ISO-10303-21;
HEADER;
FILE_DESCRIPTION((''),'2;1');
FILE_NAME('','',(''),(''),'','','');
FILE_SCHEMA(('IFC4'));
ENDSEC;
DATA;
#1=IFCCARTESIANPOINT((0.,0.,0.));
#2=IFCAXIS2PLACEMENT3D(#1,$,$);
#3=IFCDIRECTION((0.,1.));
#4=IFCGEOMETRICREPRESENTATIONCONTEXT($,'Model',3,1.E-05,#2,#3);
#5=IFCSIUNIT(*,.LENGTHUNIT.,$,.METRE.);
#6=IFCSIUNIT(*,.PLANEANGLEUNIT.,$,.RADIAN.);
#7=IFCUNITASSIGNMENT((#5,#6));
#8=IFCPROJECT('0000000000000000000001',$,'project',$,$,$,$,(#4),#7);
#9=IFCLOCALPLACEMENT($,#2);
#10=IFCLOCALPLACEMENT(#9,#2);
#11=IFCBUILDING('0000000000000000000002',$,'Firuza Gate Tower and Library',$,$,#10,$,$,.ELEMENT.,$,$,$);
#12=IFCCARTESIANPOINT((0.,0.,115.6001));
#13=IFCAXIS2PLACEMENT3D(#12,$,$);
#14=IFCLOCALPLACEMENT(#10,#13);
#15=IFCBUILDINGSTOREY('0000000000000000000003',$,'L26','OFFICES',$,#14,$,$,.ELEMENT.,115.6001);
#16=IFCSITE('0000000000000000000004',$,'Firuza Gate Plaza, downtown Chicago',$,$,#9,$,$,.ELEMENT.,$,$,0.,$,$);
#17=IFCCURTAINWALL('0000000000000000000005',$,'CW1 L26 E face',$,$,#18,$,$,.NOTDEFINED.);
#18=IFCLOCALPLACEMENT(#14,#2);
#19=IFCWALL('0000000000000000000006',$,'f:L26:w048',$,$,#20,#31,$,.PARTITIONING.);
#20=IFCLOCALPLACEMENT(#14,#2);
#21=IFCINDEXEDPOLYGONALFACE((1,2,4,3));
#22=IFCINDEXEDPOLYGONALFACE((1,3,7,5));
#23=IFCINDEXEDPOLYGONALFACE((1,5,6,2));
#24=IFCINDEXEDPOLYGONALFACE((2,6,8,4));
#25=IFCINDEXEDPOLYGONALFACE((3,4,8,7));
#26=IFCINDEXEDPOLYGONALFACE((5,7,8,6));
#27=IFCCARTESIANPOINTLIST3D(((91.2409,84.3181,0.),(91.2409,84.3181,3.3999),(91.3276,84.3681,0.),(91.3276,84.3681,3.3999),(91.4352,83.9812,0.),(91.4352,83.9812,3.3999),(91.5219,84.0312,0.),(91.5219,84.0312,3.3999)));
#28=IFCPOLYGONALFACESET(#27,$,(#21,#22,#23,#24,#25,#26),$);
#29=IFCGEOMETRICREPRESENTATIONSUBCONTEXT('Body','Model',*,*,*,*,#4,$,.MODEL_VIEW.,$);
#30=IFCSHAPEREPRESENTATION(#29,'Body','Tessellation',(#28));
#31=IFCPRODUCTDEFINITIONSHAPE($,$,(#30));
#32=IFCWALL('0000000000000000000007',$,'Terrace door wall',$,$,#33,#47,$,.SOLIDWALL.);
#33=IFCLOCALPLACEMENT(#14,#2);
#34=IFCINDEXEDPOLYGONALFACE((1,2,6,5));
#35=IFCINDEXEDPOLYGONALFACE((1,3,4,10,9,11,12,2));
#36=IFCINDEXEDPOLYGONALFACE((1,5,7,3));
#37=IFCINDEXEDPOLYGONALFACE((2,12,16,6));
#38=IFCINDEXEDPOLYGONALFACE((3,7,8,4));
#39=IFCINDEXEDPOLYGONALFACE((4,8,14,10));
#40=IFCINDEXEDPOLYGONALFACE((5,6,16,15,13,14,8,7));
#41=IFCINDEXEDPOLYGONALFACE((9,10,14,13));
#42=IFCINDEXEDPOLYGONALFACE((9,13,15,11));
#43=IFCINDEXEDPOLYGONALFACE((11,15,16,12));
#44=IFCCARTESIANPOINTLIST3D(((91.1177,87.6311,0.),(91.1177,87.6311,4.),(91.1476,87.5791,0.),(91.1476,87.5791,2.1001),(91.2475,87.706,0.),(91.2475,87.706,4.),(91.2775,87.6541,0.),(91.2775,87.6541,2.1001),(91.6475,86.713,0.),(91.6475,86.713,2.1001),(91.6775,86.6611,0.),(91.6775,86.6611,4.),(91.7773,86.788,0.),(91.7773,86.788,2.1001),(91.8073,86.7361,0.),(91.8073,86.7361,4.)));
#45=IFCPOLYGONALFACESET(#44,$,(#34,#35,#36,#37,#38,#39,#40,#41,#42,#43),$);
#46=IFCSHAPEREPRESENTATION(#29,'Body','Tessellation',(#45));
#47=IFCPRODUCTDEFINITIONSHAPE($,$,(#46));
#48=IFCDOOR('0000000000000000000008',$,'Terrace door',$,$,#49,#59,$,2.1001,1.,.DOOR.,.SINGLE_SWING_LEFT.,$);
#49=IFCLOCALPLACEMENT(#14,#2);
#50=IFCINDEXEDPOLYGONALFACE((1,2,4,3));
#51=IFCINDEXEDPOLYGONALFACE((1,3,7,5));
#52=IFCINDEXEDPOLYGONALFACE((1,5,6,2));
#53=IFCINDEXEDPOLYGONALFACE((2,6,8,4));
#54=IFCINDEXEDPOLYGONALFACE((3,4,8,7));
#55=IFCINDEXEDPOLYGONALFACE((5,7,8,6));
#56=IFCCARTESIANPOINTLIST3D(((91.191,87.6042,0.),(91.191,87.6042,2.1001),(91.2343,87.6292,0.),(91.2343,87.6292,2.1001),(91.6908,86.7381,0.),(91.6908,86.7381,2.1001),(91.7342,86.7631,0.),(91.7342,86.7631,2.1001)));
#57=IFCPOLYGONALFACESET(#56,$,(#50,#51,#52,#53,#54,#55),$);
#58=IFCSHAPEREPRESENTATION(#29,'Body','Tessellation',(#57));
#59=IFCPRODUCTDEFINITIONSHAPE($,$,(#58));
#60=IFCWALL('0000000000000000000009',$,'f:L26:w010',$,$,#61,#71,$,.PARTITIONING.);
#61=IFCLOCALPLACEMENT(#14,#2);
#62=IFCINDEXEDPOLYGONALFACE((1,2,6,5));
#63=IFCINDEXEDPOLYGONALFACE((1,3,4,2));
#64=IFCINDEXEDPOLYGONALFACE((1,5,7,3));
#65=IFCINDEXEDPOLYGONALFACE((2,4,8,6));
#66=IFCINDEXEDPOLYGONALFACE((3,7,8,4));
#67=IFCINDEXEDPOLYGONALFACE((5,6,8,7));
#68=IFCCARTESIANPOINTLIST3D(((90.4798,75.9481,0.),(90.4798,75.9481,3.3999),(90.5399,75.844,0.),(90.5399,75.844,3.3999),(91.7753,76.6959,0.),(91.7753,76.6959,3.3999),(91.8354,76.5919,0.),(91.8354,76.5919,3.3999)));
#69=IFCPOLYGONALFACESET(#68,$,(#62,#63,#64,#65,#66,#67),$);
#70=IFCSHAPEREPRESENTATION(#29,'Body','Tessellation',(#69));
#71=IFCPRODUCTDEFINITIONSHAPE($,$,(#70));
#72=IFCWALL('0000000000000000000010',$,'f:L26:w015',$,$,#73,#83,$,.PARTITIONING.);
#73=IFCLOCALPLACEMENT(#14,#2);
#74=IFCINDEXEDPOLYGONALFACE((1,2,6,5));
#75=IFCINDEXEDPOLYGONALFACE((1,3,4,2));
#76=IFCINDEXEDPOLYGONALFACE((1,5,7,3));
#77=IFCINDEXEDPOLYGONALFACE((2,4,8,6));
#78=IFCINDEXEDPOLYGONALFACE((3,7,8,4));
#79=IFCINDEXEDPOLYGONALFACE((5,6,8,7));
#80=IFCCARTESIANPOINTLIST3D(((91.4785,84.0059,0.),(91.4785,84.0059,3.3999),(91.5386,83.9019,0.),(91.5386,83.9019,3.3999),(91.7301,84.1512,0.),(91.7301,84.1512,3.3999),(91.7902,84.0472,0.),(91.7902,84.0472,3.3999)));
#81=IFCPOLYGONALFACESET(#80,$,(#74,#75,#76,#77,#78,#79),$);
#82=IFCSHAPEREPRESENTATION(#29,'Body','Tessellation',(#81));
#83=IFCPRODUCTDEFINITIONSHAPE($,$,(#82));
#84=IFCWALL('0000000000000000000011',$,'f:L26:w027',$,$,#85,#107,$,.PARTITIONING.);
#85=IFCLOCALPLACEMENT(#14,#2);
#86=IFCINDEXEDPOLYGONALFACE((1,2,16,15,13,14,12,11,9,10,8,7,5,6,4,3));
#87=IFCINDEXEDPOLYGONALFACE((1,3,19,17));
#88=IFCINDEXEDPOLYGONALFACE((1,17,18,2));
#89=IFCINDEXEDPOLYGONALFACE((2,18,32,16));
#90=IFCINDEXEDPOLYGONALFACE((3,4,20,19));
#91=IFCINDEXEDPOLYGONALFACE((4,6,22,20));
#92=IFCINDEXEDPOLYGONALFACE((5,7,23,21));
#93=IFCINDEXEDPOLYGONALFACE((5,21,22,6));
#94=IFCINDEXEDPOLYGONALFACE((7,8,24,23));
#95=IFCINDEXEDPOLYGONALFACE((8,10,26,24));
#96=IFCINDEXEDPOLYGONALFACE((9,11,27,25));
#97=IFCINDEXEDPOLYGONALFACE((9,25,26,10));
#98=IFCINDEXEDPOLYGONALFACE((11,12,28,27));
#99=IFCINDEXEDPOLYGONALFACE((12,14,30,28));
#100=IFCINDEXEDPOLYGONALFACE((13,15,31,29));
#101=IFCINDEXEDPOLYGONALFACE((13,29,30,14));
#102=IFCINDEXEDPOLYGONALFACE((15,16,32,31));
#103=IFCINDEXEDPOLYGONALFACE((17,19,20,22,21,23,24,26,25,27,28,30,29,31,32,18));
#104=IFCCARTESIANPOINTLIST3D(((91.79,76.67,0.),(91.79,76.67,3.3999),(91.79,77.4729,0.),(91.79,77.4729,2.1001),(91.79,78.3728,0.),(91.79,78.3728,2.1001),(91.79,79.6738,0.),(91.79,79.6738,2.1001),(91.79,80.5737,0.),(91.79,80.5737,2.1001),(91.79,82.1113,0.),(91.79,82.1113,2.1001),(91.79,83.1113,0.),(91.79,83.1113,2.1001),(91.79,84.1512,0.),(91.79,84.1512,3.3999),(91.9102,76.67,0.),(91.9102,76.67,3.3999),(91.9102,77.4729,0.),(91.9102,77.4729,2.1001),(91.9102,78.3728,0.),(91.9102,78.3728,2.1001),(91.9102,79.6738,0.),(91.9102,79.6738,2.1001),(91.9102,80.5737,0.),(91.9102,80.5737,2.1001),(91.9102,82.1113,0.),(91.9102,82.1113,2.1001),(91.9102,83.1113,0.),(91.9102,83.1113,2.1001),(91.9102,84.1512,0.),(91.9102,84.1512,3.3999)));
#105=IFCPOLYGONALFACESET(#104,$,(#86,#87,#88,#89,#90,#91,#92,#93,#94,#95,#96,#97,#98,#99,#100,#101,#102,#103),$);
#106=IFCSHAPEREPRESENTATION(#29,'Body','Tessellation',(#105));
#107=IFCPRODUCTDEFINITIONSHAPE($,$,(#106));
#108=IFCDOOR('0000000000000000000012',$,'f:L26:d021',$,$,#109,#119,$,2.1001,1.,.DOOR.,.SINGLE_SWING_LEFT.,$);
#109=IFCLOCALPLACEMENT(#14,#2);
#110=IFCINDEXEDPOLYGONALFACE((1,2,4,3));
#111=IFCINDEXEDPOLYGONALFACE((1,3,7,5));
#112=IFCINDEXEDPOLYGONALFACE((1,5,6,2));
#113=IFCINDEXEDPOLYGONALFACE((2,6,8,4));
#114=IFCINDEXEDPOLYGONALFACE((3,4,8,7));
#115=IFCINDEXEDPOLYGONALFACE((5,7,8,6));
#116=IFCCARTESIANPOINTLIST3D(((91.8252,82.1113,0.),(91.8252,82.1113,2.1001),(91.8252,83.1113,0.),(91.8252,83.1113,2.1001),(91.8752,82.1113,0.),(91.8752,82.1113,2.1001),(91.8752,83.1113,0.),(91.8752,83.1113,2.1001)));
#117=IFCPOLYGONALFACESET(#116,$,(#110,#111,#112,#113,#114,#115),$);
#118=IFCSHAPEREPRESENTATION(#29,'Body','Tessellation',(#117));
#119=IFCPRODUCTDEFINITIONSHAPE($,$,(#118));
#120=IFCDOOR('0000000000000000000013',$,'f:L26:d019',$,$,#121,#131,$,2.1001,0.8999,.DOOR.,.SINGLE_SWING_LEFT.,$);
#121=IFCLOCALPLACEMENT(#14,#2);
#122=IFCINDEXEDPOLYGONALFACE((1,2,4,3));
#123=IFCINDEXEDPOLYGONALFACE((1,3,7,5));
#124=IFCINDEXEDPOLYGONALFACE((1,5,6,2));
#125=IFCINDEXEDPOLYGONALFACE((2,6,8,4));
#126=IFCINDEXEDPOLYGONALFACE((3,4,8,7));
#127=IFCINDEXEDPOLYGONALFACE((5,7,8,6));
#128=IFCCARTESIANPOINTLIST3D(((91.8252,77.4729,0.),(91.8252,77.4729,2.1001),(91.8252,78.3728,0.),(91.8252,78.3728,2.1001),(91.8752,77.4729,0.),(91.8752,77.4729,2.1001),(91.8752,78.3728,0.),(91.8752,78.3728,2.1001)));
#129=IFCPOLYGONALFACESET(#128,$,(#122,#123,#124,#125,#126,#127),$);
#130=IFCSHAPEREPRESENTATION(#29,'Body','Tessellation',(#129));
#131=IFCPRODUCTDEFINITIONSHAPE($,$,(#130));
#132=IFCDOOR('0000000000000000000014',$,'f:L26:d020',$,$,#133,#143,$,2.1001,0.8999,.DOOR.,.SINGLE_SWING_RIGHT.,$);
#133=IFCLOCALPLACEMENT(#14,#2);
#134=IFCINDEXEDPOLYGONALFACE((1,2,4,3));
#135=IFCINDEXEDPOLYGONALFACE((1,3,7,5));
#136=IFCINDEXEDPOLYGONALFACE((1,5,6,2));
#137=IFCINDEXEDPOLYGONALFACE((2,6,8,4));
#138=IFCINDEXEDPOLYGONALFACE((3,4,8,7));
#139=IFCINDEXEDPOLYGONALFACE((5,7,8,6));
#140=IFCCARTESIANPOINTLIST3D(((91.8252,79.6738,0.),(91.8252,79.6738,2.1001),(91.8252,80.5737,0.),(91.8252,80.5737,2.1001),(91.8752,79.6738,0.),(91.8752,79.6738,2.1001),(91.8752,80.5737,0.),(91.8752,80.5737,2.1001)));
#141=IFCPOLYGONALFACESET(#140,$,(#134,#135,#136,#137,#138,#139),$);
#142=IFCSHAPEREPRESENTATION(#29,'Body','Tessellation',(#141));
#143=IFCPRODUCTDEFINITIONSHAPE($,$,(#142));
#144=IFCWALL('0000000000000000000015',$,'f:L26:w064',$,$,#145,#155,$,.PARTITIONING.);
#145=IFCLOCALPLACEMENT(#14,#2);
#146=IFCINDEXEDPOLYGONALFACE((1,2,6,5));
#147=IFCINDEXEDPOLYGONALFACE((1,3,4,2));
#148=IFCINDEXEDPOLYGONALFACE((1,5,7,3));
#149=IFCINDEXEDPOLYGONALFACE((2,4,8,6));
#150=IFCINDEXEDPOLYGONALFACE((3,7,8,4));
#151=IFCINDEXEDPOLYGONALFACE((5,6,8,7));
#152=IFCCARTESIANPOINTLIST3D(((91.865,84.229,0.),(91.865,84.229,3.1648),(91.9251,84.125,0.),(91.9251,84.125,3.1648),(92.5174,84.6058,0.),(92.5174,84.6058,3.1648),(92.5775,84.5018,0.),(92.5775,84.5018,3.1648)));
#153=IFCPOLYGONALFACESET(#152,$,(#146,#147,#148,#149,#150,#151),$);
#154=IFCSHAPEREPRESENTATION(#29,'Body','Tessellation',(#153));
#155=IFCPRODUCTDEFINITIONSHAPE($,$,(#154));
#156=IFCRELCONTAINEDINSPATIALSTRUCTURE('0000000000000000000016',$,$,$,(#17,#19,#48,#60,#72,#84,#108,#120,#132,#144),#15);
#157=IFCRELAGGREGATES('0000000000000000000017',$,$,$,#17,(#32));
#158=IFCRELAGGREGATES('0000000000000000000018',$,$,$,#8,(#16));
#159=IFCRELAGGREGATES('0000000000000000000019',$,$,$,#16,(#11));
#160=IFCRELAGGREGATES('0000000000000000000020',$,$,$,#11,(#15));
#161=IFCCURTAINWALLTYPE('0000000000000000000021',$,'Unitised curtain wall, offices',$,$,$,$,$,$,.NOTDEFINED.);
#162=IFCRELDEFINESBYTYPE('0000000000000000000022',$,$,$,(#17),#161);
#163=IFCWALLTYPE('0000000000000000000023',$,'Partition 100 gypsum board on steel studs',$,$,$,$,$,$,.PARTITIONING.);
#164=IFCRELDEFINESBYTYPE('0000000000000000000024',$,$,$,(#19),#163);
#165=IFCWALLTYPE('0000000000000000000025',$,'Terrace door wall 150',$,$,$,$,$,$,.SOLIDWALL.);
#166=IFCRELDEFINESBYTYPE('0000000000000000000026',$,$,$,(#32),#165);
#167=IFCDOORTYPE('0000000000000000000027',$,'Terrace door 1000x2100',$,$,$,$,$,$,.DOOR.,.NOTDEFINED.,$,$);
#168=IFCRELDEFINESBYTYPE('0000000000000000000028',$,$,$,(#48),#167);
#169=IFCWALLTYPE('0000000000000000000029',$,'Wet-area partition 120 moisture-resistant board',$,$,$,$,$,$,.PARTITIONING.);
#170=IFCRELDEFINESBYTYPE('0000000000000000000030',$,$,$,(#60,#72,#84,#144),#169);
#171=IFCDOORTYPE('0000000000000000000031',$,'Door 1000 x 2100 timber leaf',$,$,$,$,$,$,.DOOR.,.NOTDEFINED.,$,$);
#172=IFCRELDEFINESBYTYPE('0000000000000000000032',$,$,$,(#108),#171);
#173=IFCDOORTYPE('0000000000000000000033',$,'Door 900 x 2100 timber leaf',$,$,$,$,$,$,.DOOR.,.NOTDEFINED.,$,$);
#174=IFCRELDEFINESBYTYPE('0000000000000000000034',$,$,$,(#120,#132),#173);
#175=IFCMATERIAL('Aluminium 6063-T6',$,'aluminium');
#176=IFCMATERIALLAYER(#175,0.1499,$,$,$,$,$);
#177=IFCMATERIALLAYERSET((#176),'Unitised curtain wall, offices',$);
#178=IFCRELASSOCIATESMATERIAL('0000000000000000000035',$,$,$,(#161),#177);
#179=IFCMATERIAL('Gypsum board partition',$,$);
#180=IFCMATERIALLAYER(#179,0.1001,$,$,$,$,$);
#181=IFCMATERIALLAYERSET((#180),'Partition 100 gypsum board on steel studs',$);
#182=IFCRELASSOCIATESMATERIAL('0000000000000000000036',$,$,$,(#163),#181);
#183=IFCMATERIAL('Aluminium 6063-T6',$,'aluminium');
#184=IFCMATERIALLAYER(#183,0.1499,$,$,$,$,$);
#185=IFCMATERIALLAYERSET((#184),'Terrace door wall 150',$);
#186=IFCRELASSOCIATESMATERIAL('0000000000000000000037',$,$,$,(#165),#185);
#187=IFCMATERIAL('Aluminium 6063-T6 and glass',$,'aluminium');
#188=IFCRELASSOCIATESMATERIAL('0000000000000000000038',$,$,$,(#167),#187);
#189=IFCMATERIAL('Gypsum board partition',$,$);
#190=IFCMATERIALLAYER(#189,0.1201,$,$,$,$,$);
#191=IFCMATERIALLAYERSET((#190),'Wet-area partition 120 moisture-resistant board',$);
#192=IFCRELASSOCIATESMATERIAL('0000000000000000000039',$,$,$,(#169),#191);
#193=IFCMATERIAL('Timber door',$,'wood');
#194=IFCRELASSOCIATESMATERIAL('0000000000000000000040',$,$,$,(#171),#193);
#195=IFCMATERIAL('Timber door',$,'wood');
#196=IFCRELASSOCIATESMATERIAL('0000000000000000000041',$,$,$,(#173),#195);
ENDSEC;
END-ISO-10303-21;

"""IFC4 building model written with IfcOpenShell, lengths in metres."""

from ifc_helpers import new_model, si_unit, direction, frame, frame_2d, origin, place, context, subcontext, project, spatial, rectangle, extrude, material, layer, layer_set, type_object, element, fill, aggregate, save


model = new_model("IFC4")

# Units and contexts
model_context = context("Model", 3, precision=1e-05, world=origin(), true_north=direction((0.0, 1.0)))
body_context = subcontext(model_context, "Body", "Model", "MODEL_VIEW")
ifc_project = project(units=[si_unit("LENGTHUNIT", "METRE"), si_unit("PLANEANGLEUNIT", "RADIAN")], contexts=[model_context])

# Site, building, storey
site_placement = place(None, origin())
site = spatial("IfcSite", under=ifc_project, at=site_placement, Name="Firuza Gate Plaza, downtown Chicago", CompositionType="ELEMENT", RefElevation=0.0)
building_placement = place(site_placement, origin())
building = spatial("IfcBuilding", under=site, at=building_placement, Name="Firuza Gate Tower and Library", CompositionType="ELEMENT")
storey_placement = place(building_placement, frame((0.0, 0.0, 115.6001)))
storey = spatial("IfcBuildingStorey", under=building, at=storey_placement, Name="L26", Description="OFFICES", CompositionType="ELEMENT", Elevation=115.6001)

# Curtain wall
ifc_material_1 = material(Name="Aluminium 6063-T6", Category="aluminium")
ifc_layer_1 = layer(ifc_material_1, 0.1499)
ifc_layer_set_1 = layer_set([ifc_layer_1], Name="Unitised curtain wall, offices")
curtain_wall_type = type_object("IfcCurtainWallType", Name="Unitised curtain wall, offices", PredefinedType="NOTDEFINED", material=ifc_layer_set_1)
curtain_wall_placement = place(storey_placement, origin())
curtain_wall = element("IfcCurtainWall", 1, at=curtain_wall_placement, inside=storey, type_object=curtain_wall_type, Name="CW1 L26 E face", PredefinedType="NOTDEFINED")

# Wall
ifc_material_2 = material(Name="Gypsum board partition")
ifc_layer_2 = layer(ifc_material_2, 0.1001)
ifc_layer_set_2 = layer_set([ifc_layer_2], Name="Partition 100 gypsum board on steel studs")
wall_type_1 = type_object("IfcWallType", Name="Partition 100 gypsum board on steel studs", PredefinedType="PARTITIONING", material=ifc_layer_set_2)
wall_1_placement = place(storey_placement, frame((91.4785, 84.0063, 0.0), z_axis=(0.0, 0.0, 1.0), x_axis=(-0.49965, 0.866227, 0.0)))
element("IfcWall", 2, at=wall_1_placement, inside=storey, type_object=wall_type_1, Name="f:L26:w048", PredefinedType="PARTITIONING", context=body_context, shape_type="SweptSolid", body=[
    extrude(rectangle(XDim=0.3889, YDim=0.1001, at=frame_2d((0.1943, 0.0))), origin(), (0.0, 0.0, 1.0), 3.3999),
])

# Wall, opening, door
ifc_material_3 = material(Name="Aluminium 6063-T6", Category="aluminium")
ifc_layer_3 = layer(ifc_material_3, 0.1499)
ifc_layer_set_3 = layer_set([ifc_layer_3], Name="Terrace door wall 150")
wall_type_2 = type_object("IfcWallType", Name="Terrace door wall 150", PredefinedType="SOLIDWALL", material=ifc_layer_set_3)
wall_2_placement = place(storey_placement, frame((91.7424, 86.6985, 0.0), z_axis=(0.0, 0.0, 1.0), x_axis=(-0.499867, 0.866102, 0.0)))
wall_2 = element("IfcWall", 3, at=wall_2_placement, type_object=wall_type_2, Name="Terrace door wall", PredefinedType="SOLIDWALL", context=body_context, shape_type="SweptSolid", body=[
    extrude(rectangle(XDim=1.1199, YDim=0.1499, at=frame_2d((0.5601, 0.0))), origin(), (0.0, 0.0, 1.0), 4.0),
])
opening_1_placement = place(wall_2_placement, frame((0.0601, 0.0, 0.0)))
opening_1 = element("IfcOpeningElement", 4, at=opening_1_placement, cuts=wall_2, PredefinedType="OPENING", context=body_context, shape_type="SweptSolid", body=[
    extrude(rectangle(XDim=1.0, YDim=2.1001, at=frame_2d((0.5, 1.05))), frame((0.0, 0.085, 0.0), z_axis=(0.0, -1.0, 0.0), x_axis=(1.0, 0.0, 0.0)), (0.0, 0.0, 1.0), 0.1699),
])
ifc_material_4 = material(Name="Aluminium 6063-T6 and glass", Category="aluminium")
door_type_1 = type_object("IfcDoorType", Name="Terrace door 1000x2100", OperationType="NOTDEFINED", PredefinedType="DOOR", material=ifc_material_4)
door_1_placement = place(opening_1_placement, origin())
door_1 = element("IfcDoor", 5, at=door_1_placement, inside=storey, type_object=door_type_1, Name="Terrace door", OperationType="SINGLE_SWING_LEFT", OverallHeight=2.1001, OverallWidth=1.0, PredefinedType="DOOR", context=body_context, shape_type="SweptSolid", body=[
    extrude(rectangle(XDim=1.0, YDim=2.1001, at=frame_2d((0.5, 1.05))), frame((0.0, 0.0249, 0.0), z_axis=(0.0, -1.0, 0.0), x_axis=(1.0, 0.0, 0.0)), (0.0, 0.0, 1.0), 0.05),
])
fill(opening_1, door_1)
aggregate(curtain_wall, [wall_2])

# Walls
ifc_material_5 = material(Name="Gypsum board partition")
ifc_layer_4 = layer(ifc_material_5, 0.1201)
ifc_layer_set_4 = layer_set([ifc_layer_4], Name="Wet-area partition 120 moisture-resistant board")
wall_type_3 = type_object("IfcWallType", Name="Wet-area partition 120 moisture-resistant board", PredefinedType="PARTITIONING", material=ifc_layer_set_4)
wall_3_placement = place(storey_placement, frame((90.5098, 75.896, 0.0), z_axis=(0.0, 0.0, 1.0), x_axis=(0.866055, 0.499949, 0.0)))
element("IfcWall", 6, at=wall_3_placement, inside=storey, type_object=wall_type_3, Name="f:L26:w010", PredefinedType="PARTITIONING", context=body_context, shape_type="SweptSolid", body=[
    extrude(rectangle(XDim=1.4958, YDim=0.1201, at=frame_2d((0.748, 0.0))), origin(), (0.0, 0.0, 1.0), 3.3999),
])
wall_4_placement = place(storey_placement, frame((91.5085, 83.9539, 0.0), z_axis=(0.0, 0.0, 1.0), x_axis=(0.865906, 0.500208, 0.0)))
element("IfcWall", 7, at=wall_4_placement, inside=storey, type_object=wall_type_3, Name="f:L26:w015", PredefinedType="PARTITIONING", context=body_context, shape_type="SweptSolid", body=[
    extrude(rectangle(XDim=0.2905, YDim=0.1201, at=frame_2d((0.1453, 0.0))), origin(), (0.0, 0.0, 1.0), 3.3999),
])

# Wall, openings, doors
wall_5_placement = place(storey_placement, frame((91.8501, 76.6699, 0.0), z_axis=(0.0, 0.0, 1.0), x_axis=(0.0, 1.0, 0.0)))
wall_5 = element("IfcWall", 8, at=wall_5_placement, inside=storey, type_object=wall_type_3, Name="f:L26:w027", PredefinedType="PARTITIONING", context=body_context, shape_type="SweptSolid", body=[
    extrude(rectangle(XDim=7.4812, YDim=0.1201, at=frame_2d((3.7407, 0.0))), origin(), (0.0, 0.0, 1.0), 3.3999),
])
opening_2_placement = place(wall_5_placement, frame((0.803, 0.0, 0.0)))
opening_2 = element("IfcOpeningElement", 9, at=opening_2_placement, cuts=wall_5, PredefinedType="OPENING", context=body_context, shape_type="SweptSolid", body=[
    extrude(rectangle(XDim=0.8999, YDim=2.1001, at=frame_2d((0.45, 1.05))), frame((0.0, 0.0701, 0.0), z_axis=(0.0, -1.0, 0.0), x_axis=(1.0, 0.0, 0.0)), (0.0, 0.0, 1.0), 0.1401),
])
opening_3_placement = place(wall_5_placement, frame((3.0039, 0.0, 0.0)))
opening_3 = element("IfcOpeningElement", 10, at=opening_3_placement, cuts=wall_5, PredefinedType="OPENING", context=body_context, shape_type="SweptSolid", body=[
    extrude(rectangle(XDim=0.8999, YDim=2.1001, at=frame_2d((0.45, 1.05))), frame((0.0, 0.0701, 0.0), z_axis=(0.0, -1.0, 0.0), x_axis=(1.0, 0.0, 0.0)), (0.0, 0.0, 1.0), 0.1401),
])
opening_4_placement = place(wall_5_placement, frame((5.4414, 0.0, 0.0)))
opening_4 = element("IfcOpeningElement", 11, at=opening_4_placement, cuts=wall_5, PredefinedType="OPENING", context=body_context, shape_type="SweptSolid", body=[
    extrude(rectangle(XDim=1.0, YDim=2.1001, at=frame_2d((0.5, 1.05))), frame((0.0, 0.0701, 0.0), z_axis=(0.0, -1.0, 0.0), x_axis=(1.0, 0.0, 0.0)), (0.0, 0.0, 1.0), 0.1401),
])
ifc_material_6 = material(Name="Timber door", Category="wood")
door_type_2 = type_object("IfcDoorType", Name="Door 1000 x 2100 timber leaf", OperationType="NOTDEFINED", PredefinedType="DOOR", material=ifc_material_6)
door_2_placement = place(opening_4_placement, origin())
door_2 = element("IfcDoor", 12, at=door_2_placement, inside=storey, type_object=door_type_2, Name="f:L26:d021", OperationType="SINGLE_SWING_LEFT", OverallHeight=2.1001, OverallWidth=1.0, PredefinedType="DOOR", context=body_context, shape_type="SweptSolid", body=[
    extrude(rectangle(XDim=1.0, YDim=2.1001, at=frame_2d((0.5, 1.05))), frame((0.0, 0.0249, 0.0), z_axis=(0.0, -1.0, 0.0), x_axis=(1.0, 0.0, 0.0)), (0.0, 0.0, 1.0), 0.05),
])
fill(opening_4, door_2)
ifc_material_7 = material(Name="Timber door", Category="wood")
door_type_3 = type_object("IfcDoorType", Name="Door 900 x 2100 timber leaf", OperationType="NOTDEFINED", PredefinedType="DOOR", material=ifc_material_7)
door_3_placement = place(opening_2_placement, origin())
door_3 = element("IfcDoor", 13, at=door_3_placement, inside=storey, type_object=door_type_3, Name="f:L26:d019", OperationType="SINGLE_SWING_LEFT", OverallHeight=2.1001, OverallWidth=0.8999, PredefinedType="DOOR", context=body_context, shape_type="SweptSolid", body=[
    extrude(rectangle(XDim=0.8999, YDim=2.1001, at=frame_2d((0.45, 1.05))), frame((0.0, 0.0249, 0.0), z_axis=(0.0, -1.0, 0.0), x_axis=(1.0, 0.0, 0.0)), (0.0, 0.0, 1.0), 0.05),
])
fill(opening_2, door_3)
door_4_placement = place(opening_3_placement, origin())
door_4 = element("IfcDoor", 14, at=door_4_placement, inside=storey, type_object=door_type_3, Name="f:L26:d020", OperationType="SINGLE_SWING_RIGHT", OverallHeight=2.1001, OverallWidth=0.8999, PredefinedType="DOOR", context=body_context, shape_type="SweptSolid", body=[
    extrude(rectangle(XDim=0.8999, YDim=2.1001, at=frame_2d((0.45, 1.05))), frame((0.0, 0.0249, 0.0), z_axis=(0.0, -1.0, 0.0), x_axis=(1.0, 0.0, 0.0)), (0.0, 0.0, 1.0), 0.05),
])
fill(opening_3, door_4)

# Wall
wall_6_placement = place(storey_placement, frame((91.895, 84.177, 0.0), z_axis=(0.0, 0.0, 1.0), x_axis=(0.86598, 0.500078, 0.0)))
element("IfcWall", 15, at=wall_6_placement, inside=storey, type_object=wall_type_3, Name="f:L26:w064", PredefinedType="PARTITIONING", context=body_context, shape_type="SweptSolid", body=[
    extrude(rectangle(XDim=0.7534, YDim=0.1201, at=frame_2d((0.3767, 0.0))), origin(), (0.0, 0.0, 1.0), 3.1648),
])

save(model, "model.ifc")
